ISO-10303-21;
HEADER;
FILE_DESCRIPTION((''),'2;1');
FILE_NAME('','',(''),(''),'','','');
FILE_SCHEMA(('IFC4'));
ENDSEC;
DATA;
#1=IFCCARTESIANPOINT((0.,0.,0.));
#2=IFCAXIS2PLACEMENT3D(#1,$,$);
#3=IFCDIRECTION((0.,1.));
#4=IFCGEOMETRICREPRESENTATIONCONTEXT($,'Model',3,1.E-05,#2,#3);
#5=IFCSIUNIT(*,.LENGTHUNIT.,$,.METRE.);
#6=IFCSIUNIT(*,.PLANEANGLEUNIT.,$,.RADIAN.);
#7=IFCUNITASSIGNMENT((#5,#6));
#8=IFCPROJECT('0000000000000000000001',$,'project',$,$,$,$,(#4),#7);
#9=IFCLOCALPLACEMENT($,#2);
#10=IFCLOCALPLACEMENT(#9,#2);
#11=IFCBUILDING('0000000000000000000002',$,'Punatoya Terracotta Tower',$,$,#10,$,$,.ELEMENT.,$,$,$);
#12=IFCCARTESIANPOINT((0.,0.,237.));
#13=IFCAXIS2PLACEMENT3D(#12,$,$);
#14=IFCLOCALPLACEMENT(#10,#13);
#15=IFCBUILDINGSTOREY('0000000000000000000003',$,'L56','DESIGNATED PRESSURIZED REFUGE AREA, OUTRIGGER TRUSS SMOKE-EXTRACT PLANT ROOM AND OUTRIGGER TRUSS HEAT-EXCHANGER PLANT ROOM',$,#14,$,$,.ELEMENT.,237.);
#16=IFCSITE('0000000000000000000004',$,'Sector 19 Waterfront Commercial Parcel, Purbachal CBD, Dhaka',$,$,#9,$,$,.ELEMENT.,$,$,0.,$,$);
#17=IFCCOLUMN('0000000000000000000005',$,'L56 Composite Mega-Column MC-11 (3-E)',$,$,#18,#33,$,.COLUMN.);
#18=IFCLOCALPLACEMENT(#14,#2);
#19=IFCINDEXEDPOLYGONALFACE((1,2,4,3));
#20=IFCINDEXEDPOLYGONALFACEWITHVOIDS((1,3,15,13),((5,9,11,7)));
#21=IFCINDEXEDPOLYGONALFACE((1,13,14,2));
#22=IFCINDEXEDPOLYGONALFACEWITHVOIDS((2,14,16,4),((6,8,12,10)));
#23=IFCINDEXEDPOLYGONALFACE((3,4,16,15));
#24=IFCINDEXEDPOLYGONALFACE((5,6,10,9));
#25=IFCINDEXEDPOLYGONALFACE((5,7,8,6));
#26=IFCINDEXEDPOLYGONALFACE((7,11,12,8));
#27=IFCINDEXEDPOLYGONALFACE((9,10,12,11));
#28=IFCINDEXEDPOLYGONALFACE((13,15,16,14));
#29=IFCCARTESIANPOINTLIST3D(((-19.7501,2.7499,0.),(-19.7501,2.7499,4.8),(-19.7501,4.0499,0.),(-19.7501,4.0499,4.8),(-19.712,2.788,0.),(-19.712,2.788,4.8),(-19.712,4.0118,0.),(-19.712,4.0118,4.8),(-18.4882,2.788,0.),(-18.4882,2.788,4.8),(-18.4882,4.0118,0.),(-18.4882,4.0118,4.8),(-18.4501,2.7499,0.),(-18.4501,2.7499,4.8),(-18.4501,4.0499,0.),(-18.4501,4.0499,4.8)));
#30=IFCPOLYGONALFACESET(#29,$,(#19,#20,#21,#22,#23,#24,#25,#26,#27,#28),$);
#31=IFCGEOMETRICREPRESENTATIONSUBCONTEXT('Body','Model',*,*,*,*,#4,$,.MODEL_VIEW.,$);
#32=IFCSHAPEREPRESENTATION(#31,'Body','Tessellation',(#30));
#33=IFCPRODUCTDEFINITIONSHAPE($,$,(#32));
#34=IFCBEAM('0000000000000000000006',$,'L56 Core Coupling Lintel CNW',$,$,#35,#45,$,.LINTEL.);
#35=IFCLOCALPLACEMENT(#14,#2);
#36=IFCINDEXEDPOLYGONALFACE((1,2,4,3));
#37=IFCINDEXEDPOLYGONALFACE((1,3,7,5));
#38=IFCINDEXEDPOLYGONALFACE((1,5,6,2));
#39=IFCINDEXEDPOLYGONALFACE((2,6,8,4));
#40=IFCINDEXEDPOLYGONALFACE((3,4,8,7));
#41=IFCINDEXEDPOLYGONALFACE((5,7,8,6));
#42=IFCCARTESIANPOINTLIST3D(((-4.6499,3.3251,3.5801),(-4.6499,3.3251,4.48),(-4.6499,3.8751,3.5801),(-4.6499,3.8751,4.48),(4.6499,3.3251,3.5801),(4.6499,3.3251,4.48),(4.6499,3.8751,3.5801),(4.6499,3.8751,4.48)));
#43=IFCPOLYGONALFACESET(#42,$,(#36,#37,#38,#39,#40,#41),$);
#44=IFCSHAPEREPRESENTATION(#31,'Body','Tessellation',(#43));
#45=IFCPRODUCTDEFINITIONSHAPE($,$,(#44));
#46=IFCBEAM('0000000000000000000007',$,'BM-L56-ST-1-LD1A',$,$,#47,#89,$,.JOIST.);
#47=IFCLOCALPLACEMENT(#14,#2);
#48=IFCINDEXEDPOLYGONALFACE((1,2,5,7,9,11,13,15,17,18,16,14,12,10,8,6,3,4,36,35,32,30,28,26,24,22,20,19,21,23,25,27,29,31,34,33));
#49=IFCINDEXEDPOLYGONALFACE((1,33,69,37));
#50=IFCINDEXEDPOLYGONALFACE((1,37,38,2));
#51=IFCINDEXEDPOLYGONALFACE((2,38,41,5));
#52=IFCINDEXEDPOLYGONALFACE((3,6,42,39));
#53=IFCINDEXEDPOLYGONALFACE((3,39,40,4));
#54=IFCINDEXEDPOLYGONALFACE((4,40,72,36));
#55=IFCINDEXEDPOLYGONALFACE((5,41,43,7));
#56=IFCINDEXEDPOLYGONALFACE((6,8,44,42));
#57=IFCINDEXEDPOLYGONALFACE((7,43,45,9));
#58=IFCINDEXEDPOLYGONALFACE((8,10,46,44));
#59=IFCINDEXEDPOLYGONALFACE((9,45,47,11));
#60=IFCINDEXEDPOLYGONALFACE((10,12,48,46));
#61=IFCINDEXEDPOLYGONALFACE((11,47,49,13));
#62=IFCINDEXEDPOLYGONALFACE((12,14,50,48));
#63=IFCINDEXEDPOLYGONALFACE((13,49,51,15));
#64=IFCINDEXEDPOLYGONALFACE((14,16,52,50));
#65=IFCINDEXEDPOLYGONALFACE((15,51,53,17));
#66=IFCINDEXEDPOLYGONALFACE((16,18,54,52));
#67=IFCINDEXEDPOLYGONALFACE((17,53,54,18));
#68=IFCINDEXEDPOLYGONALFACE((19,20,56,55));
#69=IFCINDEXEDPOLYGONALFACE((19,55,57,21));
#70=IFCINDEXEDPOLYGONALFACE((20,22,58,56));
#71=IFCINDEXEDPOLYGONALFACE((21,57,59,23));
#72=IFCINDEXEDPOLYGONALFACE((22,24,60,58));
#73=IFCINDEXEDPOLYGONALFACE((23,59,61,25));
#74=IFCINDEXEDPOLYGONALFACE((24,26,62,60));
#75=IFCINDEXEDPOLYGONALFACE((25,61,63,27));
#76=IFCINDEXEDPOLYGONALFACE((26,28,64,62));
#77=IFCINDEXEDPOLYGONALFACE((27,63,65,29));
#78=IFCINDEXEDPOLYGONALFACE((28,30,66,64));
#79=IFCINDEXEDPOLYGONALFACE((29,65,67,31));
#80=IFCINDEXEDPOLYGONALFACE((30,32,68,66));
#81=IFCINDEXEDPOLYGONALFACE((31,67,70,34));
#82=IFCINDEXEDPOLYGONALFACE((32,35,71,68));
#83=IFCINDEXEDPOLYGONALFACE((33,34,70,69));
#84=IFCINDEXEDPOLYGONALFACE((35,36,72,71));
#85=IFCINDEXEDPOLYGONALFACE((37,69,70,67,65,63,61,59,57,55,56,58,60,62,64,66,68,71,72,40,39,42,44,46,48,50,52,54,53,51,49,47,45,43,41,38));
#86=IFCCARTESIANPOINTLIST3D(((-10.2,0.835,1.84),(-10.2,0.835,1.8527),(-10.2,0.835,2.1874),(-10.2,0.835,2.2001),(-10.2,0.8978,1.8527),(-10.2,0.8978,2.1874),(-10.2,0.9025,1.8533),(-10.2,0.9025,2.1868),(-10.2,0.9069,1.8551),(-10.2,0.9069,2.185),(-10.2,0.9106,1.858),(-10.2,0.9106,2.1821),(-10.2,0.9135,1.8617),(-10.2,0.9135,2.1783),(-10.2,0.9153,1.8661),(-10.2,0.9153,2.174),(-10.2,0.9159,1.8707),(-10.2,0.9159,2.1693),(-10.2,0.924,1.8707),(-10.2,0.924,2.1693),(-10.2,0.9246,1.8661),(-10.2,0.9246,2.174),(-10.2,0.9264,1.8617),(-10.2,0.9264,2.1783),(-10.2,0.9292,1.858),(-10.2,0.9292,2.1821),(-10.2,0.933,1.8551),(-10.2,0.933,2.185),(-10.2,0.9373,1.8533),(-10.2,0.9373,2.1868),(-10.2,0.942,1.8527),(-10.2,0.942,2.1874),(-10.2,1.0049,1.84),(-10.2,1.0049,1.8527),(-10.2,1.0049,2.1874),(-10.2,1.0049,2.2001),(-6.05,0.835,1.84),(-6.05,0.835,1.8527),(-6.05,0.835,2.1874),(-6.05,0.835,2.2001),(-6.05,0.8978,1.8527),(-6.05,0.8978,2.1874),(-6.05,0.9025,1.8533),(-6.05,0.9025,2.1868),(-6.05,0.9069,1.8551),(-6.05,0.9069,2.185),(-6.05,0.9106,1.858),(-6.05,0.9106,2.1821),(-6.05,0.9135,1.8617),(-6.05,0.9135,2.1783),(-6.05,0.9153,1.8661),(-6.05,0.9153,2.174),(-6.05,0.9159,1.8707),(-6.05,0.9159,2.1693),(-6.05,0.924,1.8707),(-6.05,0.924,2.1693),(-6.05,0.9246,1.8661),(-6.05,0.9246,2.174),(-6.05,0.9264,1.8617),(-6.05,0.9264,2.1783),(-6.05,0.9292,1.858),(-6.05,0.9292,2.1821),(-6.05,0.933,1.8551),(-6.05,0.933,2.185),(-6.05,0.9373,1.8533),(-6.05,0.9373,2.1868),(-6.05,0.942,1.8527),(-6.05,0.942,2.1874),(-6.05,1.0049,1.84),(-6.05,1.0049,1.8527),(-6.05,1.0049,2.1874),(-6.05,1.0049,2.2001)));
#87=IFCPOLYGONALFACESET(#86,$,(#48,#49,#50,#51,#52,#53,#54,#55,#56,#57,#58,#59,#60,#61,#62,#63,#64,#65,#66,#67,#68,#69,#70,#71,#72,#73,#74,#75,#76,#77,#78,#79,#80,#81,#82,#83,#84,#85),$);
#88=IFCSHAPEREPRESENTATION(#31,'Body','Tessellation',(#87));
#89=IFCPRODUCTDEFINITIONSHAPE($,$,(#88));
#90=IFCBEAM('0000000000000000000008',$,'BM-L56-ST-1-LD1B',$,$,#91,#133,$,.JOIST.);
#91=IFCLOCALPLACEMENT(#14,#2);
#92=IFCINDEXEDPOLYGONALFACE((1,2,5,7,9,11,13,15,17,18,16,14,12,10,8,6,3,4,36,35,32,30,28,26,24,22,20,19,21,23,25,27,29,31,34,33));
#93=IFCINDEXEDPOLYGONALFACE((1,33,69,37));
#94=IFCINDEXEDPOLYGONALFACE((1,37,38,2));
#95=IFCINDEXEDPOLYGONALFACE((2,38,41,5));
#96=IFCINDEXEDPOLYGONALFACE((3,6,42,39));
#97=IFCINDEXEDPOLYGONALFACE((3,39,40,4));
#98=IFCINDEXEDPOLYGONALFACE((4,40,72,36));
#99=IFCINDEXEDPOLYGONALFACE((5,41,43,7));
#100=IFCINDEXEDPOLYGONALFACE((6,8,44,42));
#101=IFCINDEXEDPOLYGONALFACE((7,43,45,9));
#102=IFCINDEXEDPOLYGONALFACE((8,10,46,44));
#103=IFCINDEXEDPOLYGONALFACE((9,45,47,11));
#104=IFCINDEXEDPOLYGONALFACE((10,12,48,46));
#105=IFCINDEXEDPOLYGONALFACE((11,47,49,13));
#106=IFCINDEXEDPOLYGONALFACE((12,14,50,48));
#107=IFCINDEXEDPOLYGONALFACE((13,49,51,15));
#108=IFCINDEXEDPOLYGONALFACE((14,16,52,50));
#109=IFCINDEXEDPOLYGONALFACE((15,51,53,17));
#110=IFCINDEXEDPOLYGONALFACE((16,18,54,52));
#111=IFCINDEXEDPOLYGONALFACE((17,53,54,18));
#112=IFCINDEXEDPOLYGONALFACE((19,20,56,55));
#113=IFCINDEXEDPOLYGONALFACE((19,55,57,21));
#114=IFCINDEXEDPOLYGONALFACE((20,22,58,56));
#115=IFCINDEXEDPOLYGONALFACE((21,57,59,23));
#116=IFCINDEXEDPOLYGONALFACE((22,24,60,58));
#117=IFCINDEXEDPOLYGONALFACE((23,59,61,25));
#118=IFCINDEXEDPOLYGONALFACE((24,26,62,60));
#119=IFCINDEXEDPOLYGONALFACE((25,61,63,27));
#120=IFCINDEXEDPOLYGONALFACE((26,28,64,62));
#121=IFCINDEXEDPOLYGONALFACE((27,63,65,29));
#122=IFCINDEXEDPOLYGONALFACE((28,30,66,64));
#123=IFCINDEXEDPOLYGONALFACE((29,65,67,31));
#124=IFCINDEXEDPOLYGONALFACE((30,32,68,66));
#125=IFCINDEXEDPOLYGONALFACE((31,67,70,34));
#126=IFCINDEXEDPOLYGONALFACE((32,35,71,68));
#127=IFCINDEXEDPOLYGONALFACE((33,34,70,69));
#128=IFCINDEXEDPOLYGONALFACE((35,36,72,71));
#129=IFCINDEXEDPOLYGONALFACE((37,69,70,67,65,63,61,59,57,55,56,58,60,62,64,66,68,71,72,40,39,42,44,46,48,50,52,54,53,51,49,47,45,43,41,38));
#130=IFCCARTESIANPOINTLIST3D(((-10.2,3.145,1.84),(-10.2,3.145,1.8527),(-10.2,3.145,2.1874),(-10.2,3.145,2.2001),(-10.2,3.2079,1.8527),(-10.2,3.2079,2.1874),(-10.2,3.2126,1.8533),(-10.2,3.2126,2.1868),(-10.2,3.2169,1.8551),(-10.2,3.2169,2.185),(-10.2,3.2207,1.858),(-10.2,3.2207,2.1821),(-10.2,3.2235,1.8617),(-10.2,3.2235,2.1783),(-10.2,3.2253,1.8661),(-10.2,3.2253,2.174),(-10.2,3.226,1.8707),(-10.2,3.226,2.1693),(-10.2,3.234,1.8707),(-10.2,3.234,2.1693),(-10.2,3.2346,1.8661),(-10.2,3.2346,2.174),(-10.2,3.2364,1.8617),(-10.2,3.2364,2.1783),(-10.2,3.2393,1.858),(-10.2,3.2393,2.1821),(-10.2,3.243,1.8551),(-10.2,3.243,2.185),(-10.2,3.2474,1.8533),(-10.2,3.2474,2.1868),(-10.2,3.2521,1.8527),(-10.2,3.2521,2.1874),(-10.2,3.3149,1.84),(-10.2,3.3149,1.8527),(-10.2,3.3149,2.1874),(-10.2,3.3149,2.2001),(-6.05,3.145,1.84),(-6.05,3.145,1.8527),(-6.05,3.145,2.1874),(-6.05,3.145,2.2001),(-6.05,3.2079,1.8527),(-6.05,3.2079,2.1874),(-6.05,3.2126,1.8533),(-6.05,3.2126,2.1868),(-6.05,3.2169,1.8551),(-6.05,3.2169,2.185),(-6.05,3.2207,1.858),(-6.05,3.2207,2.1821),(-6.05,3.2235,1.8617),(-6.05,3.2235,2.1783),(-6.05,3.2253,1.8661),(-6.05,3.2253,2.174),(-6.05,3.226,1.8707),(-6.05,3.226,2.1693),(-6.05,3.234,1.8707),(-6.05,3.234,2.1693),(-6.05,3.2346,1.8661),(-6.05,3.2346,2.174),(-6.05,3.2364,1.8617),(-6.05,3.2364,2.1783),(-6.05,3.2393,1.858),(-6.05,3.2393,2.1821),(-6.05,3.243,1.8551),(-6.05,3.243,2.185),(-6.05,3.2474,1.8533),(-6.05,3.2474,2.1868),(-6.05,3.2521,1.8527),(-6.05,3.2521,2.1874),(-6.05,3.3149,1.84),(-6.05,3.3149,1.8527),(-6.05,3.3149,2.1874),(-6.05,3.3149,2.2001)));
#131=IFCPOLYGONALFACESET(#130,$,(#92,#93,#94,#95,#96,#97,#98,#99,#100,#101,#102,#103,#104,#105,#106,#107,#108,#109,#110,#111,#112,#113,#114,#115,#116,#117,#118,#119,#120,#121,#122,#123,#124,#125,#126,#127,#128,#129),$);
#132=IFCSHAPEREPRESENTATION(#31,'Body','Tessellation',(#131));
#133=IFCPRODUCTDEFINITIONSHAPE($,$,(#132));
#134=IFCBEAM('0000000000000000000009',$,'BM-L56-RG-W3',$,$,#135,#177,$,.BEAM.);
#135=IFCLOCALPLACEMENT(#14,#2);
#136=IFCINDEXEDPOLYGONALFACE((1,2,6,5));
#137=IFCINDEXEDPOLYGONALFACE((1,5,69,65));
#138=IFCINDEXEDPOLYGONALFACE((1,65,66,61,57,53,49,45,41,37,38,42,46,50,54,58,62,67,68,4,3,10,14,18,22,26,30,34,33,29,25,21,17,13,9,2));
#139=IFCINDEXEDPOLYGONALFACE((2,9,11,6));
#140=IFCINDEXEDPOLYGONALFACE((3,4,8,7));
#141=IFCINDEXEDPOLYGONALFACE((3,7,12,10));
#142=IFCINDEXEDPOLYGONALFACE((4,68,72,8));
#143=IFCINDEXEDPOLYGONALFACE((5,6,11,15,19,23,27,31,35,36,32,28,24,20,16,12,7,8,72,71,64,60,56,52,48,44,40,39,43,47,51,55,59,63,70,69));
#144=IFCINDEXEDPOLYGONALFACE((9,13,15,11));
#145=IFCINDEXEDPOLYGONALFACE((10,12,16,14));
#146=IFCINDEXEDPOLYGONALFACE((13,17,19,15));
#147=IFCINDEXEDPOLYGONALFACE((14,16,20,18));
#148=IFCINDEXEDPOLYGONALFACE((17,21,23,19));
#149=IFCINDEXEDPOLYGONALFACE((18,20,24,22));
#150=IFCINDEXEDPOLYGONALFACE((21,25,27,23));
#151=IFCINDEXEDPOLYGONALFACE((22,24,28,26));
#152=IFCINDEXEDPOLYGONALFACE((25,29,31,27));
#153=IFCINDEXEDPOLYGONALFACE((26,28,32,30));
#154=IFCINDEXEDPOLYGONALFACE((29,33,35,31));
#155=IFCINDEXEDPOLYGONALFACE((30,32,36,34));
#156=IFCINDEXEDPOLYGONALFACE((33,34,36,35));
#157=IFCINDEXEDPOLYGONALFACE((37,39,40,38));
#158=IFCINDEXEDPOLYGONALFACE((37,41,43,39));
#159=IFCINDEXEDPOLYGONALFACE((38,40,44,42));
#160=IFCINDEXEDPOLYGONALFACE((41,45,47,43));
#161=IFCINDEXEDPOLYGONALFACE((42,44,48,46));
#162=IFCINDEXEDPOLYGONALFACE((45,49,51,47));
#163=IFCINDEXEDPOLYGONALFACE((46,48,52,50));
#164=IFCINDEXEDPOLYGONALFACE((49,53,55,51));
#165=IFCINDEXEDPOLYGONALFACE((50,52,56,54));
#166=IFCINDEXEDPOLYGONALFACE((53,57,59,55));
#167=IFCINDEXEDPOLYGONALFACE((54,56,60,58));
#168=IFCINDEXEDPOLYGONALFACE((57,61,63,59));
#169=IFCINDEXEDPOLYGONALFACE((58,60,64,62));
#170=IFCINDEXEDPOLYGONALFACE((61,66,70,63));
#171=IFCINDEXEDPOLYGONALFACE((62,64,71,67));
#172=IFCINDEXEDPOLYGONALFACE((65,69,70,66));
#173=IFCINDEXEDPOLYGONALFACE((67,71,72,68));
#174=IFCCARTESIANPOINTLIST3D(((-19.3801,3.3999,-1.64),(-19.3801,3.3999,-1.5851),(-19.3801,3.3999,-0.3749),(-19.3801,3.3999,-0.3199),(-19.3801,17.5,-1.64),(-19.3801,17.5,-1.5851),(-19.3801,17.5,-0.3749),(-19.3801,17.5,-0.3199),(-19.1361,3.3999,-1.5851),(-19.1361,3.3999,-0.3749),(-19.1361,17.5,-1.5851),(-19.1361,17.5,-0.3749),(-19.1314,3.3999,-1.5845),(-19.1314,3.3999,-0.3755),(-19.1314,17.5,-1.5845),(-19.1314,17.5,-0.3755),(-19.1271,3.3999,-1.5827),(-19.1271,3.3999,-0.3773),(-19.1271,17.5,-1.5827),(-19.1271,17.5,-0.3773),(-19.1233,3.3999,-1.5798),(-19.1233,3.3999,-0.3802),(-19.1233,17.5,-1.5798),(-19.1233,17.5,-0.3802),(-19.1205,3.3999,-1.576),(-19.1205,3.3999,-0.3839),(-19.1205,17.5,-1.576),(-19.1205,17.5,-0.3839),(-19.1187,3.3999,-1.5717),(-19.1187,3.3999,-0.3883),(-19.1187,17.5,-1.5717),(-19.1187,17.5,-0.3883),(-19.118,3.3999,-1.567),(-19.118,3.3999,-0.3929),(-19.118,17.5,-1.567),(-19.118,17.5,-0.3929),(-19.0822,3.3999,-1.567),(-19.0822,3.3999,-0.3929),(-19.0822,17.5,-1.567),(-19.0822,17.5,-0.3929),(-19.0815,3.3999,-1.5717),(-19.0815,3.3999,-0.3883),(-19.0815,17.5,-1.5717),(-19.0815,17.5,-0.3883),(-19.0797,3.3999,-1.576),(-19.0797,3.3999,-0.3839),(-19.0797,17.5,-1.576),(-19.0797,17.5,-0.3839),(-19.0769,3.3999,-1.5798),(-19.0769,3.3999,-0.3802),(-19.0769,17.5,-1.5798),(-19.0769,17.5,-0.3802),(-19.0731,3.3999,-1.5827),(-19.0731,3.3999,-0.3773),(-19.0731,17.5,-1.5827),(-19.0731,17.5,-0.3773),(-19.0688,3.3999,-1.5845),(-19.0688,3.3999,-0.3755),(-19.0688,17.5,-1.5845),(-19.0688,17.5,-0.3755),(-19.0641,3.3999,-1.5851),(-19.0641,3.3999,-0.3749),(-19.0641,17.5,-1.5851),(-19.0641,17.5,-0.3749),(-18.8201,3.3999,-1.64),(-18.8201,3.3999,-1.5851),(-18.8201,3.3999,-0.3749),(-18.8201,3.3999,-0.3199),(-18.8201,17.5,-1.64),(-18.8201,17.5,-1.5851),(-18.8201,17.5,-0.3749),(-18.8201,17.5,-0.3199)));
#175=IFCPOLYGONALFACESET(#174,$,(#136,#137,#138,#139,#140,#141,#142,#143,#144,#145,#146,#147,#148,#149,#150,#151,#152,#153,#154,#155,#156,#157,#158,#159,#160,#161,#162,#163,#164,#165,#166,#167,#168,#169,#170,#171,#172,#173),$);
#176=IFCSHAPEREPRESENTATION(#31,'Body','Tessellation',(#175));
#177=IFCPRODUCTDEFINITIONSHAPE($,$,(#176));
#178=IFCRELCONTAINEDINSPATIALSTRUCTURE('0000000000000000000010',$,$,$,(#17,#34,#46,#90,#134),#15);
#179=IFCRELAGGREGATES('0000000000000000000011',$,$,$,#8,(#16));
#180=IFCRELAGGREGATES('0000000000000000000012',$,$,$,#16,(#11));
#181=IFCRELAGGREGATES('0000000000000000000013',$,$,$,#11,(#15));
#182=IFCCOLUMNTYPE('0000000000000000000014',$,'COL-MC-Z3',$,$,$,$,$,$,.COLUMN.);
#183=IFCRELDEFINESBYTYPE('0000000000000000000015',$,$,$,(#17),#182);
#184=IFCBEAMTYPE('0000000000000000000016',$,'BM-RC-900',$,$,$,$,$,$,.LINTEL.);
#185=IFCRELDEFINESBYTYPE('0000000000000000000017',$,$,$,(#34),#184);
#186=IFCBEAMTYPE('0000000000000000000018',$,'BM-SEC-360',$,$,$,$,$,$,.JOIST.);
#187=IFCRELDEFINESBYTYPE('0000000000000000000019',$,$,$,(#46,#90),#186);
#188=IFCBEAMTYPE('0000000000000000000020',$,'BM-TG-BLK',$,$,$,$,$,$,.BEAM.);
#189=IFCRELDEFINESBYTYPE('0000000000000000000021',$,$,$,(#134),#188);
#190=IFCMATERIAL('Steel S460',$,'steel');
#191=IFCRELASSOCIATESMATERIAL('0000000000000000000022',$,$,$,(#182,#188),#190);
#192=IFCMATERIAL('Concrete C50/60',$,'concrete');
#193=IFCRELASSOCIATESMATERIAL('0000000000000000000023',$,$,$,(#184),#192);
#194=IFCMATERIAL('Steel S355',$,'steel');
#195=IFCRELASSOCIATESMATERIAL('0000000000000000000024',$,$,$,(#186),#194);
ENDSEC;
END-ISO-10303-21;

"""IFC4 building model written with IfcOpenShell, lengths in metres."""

from ifc_helpers import new_model, si_unit, direction, frame, origin, origin_2d, place, context, subcontext, project, spatial, rectangle, hollow_rectangle, i_section, extrude, material, material_profile, profile_set, type_object, element, save


model = new_model("IFC4")

# Units and contexts
model_context = context("Model", 3, precision=1e-05, world=origin(), true_north=direction((0.0, 1.0)))
body_context = subcontext(model_context, "Body", "Model", "MODEL_VIEW")
ifc_project = project(units=[si_unit("LENGTHUNIT", "METRE"), si_unit("PLANEANGLEUNIT", "RADIAN")], contexts=[model_context])

# Site, building, storey
site_placement = place(None, origin())
site = spatial("IfcSite", under=ifc_project, at=site_placement, Name="Sector 19 Waterfront Commercial Parcel, Purbachal CBD, Dhaka", CompositionType="ELEMENT", RefElevation=0.0)
building_placement = place(site_placement, origin())
building = spatial("IfcBuilding", under=site, at=building_placement, Name="Punatoya Terracotta Tower", CompositionType="ELEMENT")
storey_placement = place(building_placement, frame((0.0, 0.0, 237.0)))
storey = spatial("IfcBuildingStorey", under=building, at=storey_placement, Name="L56", Description="DESIGNATED PRESSURIZED REFUGE AREA, OUTRIGGER TRUSS SMOKE-EXTRACT PLANT ROOM AND OUTRIGGER TRUSS HEAT-EXCHANGER PLANT ROOM", CompositionType="ELEMENT", Elevation=237.0)

# Column
ifc_material_1 = material(Name="Steel S460", Category="steel")
ifc_material_profile_1 = material_profile(ifc_material_1, hollow_rectangle(XDim=1.3, YDim=1.3, WallThickness=0.0381, at=origin_2d()))
ifc_profile_set_1 = profile_set([ifc_material_profile_1], Name="Steel S460")
column_type = type_object("IfcColumnType", Name="COL-MC-Z3", PredefinedType="COLUMN", material=ifc_profile_set_1)
column_placement = place(storey_placement, frame((-19.1001, 3.3999, 0.0), z_axis=(0.0, 0.0, 1.0), x_axis=(1.0, 0.0, 0.0)))
element("IfcColumn", 1, at=column_placement, inside=storey, type_object=column_type, Name="L56 Composite Mega-Column MC-11 (3-E)", PredefinedType="COLUMN", context=body_context, shape_type="SweptSolid", body=[
    extrude(hollow_rectangle(XDim=1.3, YDim=1.3, WallThickness=0.0381, at=origin_2d()), origin(), (0.0, 0.0, 1.0), 4.8),
])

# Beams
ifc_material_2 = material(Name="Concrete C50/60", Category="concrete")
ifc_material_profile_2 = material_profile(ifc_material_2, rectangle(XDim=0.55, YDim=0.8999, at=origin_2d()))
ifc_profile_set_2 = profile_set([ifc_material_profile_2], Name="Concrete C50/60")
beam_type_1 = type_object("IfcBeamType", Name="BM-RC-900", PredefinedType="LINTEL", material=ifc_profile_set_2)
beam_1_placement = place(storey_placement, frame((-4.6499, 3.6001, 4.03), z_axis=(1.0, 0.0, 0.0), x_axis=(0.0, 1.0, 0.0)))
element("IfcBeam", 2, at=beam_1_placement, inside=storey, type_object=beam_type_1, Name="L56 Core Coupling Lintel CNW", PredefinedType="LINTEL", context=body_context, shape_type="SweptSolid", body=[
    extrude(rectangle(XDim=0.55, YDim=0.8999, at=origin_2d()), origin(), (0.0, 0.0, 1.0), 9.2998),
])
ifc_material_3 = material(Name="Steel S355", Category="steel")
ifc_material_profile_3 = material_profile(ifc_material_3, i_section(OverallWidth=0.1699, OverallDepth=0.3601, WebThickness=0.0081, FlangeThickness=0.0127, FilletRadius=0.0181, at=origin_2d()))
ifc_profile_set_3 = profile_set([ifc_material_profile_3], Name="Steel S355")
beam_type_2 = type_object("IfcBeamType", Name="BM-SEC-360", PredefinedType="JOIST", material=ifc_profile_set_3)
for number, where, z_axis, x_axis, name in (
    (3, (-10.2, 0.9199, 2.02), (1.0, 0.0, 0.0), (0.0, 1.0, 0.0), "BM-L56-ST-1-LD1A"),
    (4, (-10.2, 3.23, 2.02), (1.0, 0.0, 0.0), (0.0, 1.0, 0.0), "BM-L56-ST-1-LD1B"),
):
    element("IfcBeam", number, at=place(storey_placement, frame(where, z_axis=z_axis, x_axis=x_axis)), inside=storey, type_object=beam_type_2, Name=name, PredefinedType="JOIST", context=body_context, shape_type="SweptSolid", body=[
        extrude(i_section(OverallWidth=0.1699, OverallDepth=0.3601, WebThickness=0.0081, FlangeThickness=0.0127, FilletRadius=0.0181, at=origin_2d()), origin(), (0.0, 0.0, 1.0), 4.1499),
    ])
ifc_material_profile_4 = material_profile(ifc_material_1, i_section(OverallWidth=0.5601, OverallDepth=1.3201, WebThickness=0.0359, FlangeThickness=0.0549, FilletRadius=0.0181, at=origin_2d()))
ifc_profile_set_4 = profile_set([ifc_material_profile_4], Name="Steel S460")
beam_type_3 = type_object("IfcBeamType", Name="BM-TG-BLK", PredefinedType="BEAM", material=ifc_profile_set_4)
beam_2_placement = place(storey_placement, frame((-19.1001, 3.3999, -0.98), z_axis=(0.0, 1.0, 0.0), x_axis=(-1.0, 0.0, 0.0)))
element("IfcBeam", 5, at=beam_2_placement, inside=storey, type_object=beam_type_3, Name="BM-L56-RG-W3", PredefinedType="BEAM", context=body_context, shape_type="SweptSolid", body=[
    extrude(i_section(OverallWidth=0.5601, OverallDepth=1.3201, WebThickness=0.0359, FlangeThickness=0.0549, FilletRadius=0.0181, at=origin_2d()), origin(), (0.0, 0.0, 1.0), 14.1001),
])

save(model, "model.ifc")
